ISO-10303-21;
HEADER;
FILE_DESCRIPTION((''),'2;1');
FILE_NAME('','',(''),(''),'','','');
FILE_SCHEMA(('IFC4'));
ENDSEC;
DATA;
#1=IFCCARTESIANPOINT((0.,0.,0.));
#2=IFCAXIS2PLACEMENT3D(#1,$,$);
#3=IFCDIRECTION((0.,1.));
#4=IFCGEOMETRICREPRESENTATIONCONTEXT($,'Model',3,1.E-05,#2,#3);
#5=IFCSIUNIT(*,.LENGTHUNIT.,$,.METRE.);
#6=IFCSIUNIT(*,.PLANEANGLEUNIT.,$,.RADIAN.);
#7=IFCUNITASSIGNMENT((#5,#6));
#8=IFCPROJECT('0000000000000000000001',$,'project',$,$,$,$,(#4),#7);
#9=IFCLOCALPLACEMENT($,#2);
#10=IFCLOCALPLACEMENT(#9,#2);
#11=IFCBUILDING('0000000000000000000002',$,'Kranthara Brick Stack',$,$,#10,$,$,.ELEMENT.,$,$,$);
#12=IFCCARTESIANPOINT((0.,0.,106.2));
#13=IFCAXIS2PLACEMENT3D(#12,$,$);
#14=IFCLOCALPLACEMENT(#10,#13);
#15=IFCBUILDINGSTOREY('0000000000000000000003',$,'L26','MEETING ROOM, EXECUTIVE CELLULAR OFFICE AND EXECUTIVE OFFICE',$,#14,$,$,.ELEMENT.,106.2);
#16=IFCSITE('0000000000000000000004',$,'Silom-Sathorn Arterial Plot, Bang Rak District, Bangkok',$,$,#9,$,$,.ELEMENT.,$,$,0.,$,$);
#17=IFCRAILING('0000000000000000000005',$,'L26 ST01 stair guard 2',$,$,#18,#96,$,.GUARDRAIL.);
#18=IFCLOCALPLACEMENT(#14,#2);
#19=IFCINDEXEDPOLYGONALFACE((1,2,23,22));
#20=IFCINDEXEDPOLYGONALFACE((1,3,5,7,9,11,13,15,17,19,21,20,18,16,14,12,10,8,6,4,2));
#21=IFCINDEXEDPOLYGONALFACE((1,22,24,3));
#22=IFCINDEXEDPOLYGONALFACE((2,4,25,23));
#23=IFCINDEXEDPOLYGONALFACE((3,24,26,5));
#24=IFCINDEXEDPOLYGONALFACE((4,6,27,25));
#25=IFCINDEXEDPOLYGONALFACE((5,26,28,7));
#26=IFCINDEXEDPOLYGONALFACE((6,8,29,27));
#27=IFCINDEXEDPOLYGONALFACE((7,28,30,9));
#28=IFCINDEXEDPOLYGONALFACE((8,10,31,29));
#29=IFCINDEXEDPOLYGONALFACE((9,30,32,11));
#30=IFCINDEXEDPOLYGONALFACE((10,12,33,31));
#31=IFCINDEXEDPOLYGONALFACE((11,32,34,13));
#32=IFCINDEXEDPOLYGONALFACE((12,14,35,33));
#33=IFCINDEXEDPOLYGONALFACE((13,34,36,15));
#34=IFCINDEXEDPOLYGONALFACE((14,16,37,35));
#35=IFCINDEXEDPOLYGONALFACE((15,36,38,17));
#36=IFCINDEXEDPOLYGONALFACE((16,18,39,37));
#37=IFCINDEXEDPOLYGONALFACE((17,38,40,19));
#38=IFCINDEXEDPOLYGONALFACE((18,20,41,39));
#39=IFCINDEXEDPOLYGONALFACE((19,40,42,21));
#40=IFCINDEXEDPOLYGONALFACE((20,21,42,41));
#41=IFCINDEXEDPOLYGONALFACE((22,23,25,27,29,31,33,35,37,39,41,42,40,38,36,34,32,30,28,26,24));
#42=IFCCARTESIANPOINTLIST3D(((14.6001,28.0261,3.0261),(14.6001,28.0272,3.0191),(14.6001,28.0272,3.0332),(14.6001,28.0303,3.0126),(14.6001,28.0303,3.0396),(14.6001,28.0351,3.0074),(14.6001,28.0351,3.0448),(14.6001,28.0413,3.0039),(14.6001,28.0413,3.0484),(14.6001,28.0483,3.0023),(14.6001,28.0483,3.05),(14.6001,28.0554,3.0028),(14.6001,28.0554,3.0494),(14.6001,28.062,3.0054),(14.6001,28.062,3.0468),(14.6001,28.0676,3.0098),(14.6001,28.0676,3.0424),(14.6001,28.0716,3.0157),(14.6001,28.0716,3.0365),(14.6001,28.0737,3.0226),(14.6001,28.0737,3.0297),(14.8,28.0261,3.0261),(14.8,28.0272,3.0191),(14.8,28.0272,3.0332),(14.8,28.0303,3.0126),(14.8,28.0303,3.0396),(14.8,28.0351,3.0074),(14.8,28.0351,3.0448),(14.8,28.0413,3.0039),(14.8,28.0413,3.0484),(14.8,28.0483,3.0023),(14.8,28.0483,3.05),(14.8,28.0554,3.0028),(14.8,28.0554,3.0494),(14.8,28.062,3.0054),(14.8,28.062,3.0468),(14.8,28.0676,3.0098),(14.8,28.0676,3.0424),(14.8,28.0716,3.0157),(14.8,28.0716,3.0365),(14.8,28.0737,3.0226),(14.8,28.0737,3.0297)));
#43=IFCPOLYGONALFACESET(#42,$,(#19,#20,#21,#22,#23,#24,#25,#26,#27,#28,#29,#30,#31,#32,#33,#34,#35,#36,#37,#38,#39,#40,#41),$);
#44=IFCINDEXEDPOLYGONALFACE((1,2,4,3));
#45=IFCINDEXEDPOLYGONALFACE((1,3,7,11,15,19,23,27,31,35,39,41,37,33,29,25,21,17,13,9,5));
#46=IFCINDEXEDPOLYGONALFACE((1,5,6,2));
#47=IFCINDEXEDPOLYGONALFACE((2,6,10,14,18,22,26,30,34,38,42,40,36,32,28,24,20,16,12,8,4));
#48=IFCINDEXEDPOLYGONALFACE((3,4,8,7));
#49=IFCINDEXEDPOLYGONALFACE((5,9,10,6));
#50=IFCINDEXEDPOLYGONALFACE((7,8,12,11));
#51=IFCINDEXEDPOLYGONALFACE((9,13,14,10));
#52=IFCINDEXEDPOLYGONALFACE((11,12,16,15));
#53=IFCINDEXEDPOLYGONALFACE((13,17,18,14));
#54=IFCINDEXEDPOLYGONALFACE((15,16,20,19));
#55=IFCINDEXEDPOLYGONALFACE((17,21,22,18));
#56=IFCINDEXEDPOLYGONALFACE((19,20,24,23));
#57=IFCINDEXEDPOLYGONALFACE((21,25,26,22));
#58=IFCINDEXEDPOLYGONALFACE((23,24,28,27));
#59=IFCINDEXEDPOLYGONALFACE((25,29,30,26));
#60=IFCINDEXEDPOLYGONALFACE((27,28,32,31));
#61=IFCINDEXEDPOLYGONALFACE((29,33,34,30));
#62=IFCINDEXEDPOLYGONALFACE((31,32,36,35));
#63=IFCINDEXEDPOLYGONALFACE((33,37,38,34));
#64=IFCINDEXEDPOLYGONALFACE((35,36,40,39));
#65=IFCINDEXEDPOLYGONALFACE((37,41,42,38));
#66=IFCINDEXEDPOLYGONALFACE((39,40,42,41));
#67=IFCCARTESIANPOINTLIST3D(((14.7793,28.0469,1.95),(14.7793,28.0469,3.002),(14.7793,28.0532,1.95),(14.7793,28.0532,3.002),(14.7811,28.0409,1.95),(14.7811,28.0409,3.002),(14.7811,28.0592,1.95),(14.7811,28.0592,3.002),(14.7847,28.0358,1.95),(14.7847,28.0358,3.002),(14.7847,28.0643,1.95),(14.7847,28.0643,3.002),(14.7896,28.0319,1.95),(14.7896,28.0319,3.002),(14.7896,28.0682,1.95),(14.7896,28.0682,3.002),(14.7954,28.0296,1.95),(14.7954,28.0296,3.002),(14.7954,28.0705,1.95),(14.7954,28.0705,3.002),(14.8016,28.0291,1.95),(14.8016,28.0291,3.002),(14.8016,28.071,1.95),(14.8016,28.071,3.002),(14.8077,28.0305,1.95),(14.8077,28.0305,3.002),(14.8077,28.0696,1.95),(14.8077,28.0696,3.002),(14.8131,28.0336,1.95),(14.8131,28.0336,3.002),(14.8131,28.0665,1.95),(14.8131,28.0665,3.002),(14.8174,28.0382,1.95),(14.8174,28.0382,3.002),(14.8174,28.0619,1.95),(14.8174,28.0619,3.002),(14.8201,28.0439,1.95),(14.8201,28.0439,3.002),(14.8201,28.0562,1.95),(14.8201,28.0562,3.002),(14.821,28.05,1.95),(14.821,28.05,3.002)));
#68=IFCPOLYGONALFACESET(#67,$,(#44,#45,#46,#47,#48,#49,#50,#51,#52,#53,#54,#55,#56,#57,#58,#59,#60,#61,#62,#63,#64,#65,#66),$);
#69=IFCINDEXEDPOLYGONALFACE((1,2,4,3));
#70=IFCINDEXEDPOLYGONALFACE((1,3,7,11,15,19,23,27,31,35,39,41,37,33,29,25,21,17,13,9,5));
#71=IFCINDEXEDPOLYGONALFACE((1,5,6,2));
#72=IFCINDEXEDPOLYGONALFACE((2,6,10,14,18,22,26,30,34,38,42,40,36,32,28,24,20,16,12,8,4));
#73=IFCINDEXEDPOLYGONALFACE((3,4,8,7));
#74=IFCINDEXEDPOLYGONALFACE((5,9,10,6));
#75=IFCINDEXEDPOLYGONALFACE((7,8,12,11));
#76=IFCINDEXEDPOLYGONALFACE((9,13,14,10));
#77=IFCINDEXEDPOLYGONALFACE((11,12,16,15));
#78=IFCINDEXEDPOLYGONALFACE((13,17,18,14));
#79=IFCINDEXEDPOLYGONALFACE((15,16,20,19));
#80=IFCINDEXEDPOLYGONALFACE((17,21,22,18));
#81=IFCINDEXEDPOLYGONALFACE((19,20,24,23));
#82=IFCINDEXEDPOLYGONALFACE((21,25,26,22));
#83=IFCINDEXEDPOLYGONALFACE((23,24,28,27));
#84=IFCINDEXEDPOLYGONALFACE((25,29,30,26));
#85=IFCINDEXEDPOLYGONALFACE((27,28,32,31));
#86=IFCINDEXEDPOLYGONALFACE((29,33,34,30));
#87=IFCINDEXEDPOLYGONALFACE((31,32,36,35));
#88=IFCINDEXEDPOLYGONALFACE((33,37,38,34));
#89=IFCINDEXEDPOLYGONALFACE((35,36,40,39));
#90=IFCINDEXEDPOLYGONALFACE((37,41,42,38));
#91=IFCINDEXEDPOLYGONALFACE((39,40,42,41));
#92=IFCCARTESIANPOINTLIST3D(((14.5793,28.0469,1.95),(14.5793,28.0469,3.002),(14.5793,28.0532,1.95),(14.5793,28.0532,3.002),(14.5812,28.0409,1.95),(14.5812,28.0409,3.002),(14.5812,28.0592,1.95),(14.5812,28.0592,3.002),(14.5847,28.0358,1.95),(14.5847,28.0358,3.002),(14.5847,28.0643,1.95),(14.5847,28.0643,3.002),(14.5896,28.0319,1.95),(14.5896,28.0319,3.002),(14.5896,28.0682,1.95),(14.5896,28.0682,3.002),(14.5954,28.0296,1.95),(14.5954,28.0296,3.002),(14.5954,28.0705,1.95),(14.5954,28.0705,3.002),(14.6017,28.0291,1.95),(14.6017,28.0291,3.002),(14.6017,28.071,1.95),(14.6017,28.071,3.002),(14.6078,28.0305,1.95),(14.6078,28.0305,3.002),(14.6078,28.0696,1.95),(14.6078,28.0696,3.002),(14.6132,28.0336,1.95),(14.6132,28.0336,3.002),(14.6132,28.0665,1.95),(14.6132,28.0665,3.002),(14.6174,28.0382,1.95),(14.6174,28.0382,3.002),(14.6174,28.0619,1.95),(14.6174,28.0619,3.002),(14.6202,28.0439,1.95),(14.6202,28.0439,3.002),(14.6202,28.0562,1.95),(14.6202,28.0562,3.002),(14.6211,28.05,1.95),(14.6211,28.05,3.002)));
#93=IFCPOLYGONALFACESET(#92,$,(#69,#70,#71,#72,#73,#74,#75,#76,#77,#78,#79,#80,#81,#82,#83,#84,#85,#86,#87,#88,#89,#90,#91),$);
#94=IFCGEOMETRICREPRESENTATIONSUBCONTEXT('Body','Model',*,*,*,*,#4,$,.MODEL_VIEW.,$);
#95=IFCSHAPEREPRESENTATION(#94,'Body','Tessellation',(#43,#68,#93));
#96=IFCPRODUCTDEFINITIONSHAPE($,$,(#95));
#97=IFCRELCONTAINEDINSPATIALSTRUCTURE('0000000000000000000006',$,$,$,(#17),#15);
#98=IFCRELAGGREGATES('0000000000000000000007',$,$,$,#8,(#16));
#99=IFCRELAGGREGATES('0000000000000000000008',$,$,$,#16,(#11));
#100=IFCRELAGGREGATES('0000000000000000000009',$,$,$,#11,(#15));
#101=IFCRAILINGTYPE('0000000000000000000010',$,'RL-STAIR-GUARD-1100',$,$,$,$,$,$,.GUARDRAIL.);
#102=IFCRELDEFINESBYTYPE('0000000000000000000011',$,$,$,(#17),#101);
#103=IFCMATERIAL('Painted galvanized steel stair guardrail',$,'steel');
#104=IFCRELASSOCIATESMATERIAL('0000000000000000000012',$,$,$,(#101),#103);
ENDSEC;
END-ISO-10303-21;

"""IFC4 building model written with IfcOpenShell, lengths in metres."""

from ifc_helpers import new_model, si_unit, direction, frame, origin, origin_2d, place, context, subcontext, project, spatial, circle, extrude, material, type_object, element, save


model = new_model("IFC4")

# Units and contexts
model_context = context("Model", 3, precision=1e-05, world=origin(), true_north=direction((0.0, 1.0)))
body_context = subcontext(model_context, "Body", "Model", "MODEL_VIEW")
ifc_project = project(units=[si_unit("LENGTHUNIT", "METRE"), si_unit("PLANEANGLEUNIT", "RADIAN")], contexts=[model_context])

# Site, building, storey
site_placement = place(None, origin())
site = spatial("IfcSite", under=ifc_project, at=site_placement, Name="Silom-Sathorn Arterial Plot, Bang Rak District, Bangkok", CompositionType="ELEMENT", RefElevation=0.0)
building_placement = place(site_placement, origin())
building = spatial("IfcBuilding", under=site, at=building_placement, Name="Kranthara Brick Stack", CompositionType="ELEMENT")
storey_placement = place(building_placement, frame((0.0, 0.0, 106.2)))
storey = spatial("IfcBuildingStorey", under=building, at=storey_placement, Name="L26", Description="MEETING ROOM, EXECUTIVE CELLULAR OFFICE AND EXECUTIVE OFFICE", CompositionType="ELEMENT", Elevation=106.2)

# Railing
ifc_material_1 = material(Name="Painted galvanized steel stair guardrail", Category="steel")
railing_type_1 = type_object("IfcRailingType", Name="RL-STAIR-GUARD-1100", PredefinedType="GUARDRAIL", material=ifc_material_1)
railing_1_placement = place(storey_placement, frame((14.8, 28.05, 1.95)))
element("IfcRailing", 1, at=railing_1_placement, inside=storey, type_object=railing_type_1, Name="L26 ST01 stair guard 2", PredefinedType="GUARDRAIL", context=body_context, shape_type="SweptSolid", body=[
    extrude(circle(Radius=0.0239, at=origin_2d()), frame((0.0, 0.0, 1.0762), z_axis=(-1.0, 0.0, 0.0), x_axis=(0.0, -1.0, 0.0)), (0.0, 0.0, 1.0), 0.2),
    extrude(circle(Radius=0.021, at=origin_2d()), origin(), (0.0, 0.0, 1.0), 1.052),
    extrude(circle(Radius=0.021, at=origin_2d()), frame((-0.2, 0.0, 0.0)), (0.0, 0.0, 1.0), 1.052),
])

save(model, "model.ifc")
